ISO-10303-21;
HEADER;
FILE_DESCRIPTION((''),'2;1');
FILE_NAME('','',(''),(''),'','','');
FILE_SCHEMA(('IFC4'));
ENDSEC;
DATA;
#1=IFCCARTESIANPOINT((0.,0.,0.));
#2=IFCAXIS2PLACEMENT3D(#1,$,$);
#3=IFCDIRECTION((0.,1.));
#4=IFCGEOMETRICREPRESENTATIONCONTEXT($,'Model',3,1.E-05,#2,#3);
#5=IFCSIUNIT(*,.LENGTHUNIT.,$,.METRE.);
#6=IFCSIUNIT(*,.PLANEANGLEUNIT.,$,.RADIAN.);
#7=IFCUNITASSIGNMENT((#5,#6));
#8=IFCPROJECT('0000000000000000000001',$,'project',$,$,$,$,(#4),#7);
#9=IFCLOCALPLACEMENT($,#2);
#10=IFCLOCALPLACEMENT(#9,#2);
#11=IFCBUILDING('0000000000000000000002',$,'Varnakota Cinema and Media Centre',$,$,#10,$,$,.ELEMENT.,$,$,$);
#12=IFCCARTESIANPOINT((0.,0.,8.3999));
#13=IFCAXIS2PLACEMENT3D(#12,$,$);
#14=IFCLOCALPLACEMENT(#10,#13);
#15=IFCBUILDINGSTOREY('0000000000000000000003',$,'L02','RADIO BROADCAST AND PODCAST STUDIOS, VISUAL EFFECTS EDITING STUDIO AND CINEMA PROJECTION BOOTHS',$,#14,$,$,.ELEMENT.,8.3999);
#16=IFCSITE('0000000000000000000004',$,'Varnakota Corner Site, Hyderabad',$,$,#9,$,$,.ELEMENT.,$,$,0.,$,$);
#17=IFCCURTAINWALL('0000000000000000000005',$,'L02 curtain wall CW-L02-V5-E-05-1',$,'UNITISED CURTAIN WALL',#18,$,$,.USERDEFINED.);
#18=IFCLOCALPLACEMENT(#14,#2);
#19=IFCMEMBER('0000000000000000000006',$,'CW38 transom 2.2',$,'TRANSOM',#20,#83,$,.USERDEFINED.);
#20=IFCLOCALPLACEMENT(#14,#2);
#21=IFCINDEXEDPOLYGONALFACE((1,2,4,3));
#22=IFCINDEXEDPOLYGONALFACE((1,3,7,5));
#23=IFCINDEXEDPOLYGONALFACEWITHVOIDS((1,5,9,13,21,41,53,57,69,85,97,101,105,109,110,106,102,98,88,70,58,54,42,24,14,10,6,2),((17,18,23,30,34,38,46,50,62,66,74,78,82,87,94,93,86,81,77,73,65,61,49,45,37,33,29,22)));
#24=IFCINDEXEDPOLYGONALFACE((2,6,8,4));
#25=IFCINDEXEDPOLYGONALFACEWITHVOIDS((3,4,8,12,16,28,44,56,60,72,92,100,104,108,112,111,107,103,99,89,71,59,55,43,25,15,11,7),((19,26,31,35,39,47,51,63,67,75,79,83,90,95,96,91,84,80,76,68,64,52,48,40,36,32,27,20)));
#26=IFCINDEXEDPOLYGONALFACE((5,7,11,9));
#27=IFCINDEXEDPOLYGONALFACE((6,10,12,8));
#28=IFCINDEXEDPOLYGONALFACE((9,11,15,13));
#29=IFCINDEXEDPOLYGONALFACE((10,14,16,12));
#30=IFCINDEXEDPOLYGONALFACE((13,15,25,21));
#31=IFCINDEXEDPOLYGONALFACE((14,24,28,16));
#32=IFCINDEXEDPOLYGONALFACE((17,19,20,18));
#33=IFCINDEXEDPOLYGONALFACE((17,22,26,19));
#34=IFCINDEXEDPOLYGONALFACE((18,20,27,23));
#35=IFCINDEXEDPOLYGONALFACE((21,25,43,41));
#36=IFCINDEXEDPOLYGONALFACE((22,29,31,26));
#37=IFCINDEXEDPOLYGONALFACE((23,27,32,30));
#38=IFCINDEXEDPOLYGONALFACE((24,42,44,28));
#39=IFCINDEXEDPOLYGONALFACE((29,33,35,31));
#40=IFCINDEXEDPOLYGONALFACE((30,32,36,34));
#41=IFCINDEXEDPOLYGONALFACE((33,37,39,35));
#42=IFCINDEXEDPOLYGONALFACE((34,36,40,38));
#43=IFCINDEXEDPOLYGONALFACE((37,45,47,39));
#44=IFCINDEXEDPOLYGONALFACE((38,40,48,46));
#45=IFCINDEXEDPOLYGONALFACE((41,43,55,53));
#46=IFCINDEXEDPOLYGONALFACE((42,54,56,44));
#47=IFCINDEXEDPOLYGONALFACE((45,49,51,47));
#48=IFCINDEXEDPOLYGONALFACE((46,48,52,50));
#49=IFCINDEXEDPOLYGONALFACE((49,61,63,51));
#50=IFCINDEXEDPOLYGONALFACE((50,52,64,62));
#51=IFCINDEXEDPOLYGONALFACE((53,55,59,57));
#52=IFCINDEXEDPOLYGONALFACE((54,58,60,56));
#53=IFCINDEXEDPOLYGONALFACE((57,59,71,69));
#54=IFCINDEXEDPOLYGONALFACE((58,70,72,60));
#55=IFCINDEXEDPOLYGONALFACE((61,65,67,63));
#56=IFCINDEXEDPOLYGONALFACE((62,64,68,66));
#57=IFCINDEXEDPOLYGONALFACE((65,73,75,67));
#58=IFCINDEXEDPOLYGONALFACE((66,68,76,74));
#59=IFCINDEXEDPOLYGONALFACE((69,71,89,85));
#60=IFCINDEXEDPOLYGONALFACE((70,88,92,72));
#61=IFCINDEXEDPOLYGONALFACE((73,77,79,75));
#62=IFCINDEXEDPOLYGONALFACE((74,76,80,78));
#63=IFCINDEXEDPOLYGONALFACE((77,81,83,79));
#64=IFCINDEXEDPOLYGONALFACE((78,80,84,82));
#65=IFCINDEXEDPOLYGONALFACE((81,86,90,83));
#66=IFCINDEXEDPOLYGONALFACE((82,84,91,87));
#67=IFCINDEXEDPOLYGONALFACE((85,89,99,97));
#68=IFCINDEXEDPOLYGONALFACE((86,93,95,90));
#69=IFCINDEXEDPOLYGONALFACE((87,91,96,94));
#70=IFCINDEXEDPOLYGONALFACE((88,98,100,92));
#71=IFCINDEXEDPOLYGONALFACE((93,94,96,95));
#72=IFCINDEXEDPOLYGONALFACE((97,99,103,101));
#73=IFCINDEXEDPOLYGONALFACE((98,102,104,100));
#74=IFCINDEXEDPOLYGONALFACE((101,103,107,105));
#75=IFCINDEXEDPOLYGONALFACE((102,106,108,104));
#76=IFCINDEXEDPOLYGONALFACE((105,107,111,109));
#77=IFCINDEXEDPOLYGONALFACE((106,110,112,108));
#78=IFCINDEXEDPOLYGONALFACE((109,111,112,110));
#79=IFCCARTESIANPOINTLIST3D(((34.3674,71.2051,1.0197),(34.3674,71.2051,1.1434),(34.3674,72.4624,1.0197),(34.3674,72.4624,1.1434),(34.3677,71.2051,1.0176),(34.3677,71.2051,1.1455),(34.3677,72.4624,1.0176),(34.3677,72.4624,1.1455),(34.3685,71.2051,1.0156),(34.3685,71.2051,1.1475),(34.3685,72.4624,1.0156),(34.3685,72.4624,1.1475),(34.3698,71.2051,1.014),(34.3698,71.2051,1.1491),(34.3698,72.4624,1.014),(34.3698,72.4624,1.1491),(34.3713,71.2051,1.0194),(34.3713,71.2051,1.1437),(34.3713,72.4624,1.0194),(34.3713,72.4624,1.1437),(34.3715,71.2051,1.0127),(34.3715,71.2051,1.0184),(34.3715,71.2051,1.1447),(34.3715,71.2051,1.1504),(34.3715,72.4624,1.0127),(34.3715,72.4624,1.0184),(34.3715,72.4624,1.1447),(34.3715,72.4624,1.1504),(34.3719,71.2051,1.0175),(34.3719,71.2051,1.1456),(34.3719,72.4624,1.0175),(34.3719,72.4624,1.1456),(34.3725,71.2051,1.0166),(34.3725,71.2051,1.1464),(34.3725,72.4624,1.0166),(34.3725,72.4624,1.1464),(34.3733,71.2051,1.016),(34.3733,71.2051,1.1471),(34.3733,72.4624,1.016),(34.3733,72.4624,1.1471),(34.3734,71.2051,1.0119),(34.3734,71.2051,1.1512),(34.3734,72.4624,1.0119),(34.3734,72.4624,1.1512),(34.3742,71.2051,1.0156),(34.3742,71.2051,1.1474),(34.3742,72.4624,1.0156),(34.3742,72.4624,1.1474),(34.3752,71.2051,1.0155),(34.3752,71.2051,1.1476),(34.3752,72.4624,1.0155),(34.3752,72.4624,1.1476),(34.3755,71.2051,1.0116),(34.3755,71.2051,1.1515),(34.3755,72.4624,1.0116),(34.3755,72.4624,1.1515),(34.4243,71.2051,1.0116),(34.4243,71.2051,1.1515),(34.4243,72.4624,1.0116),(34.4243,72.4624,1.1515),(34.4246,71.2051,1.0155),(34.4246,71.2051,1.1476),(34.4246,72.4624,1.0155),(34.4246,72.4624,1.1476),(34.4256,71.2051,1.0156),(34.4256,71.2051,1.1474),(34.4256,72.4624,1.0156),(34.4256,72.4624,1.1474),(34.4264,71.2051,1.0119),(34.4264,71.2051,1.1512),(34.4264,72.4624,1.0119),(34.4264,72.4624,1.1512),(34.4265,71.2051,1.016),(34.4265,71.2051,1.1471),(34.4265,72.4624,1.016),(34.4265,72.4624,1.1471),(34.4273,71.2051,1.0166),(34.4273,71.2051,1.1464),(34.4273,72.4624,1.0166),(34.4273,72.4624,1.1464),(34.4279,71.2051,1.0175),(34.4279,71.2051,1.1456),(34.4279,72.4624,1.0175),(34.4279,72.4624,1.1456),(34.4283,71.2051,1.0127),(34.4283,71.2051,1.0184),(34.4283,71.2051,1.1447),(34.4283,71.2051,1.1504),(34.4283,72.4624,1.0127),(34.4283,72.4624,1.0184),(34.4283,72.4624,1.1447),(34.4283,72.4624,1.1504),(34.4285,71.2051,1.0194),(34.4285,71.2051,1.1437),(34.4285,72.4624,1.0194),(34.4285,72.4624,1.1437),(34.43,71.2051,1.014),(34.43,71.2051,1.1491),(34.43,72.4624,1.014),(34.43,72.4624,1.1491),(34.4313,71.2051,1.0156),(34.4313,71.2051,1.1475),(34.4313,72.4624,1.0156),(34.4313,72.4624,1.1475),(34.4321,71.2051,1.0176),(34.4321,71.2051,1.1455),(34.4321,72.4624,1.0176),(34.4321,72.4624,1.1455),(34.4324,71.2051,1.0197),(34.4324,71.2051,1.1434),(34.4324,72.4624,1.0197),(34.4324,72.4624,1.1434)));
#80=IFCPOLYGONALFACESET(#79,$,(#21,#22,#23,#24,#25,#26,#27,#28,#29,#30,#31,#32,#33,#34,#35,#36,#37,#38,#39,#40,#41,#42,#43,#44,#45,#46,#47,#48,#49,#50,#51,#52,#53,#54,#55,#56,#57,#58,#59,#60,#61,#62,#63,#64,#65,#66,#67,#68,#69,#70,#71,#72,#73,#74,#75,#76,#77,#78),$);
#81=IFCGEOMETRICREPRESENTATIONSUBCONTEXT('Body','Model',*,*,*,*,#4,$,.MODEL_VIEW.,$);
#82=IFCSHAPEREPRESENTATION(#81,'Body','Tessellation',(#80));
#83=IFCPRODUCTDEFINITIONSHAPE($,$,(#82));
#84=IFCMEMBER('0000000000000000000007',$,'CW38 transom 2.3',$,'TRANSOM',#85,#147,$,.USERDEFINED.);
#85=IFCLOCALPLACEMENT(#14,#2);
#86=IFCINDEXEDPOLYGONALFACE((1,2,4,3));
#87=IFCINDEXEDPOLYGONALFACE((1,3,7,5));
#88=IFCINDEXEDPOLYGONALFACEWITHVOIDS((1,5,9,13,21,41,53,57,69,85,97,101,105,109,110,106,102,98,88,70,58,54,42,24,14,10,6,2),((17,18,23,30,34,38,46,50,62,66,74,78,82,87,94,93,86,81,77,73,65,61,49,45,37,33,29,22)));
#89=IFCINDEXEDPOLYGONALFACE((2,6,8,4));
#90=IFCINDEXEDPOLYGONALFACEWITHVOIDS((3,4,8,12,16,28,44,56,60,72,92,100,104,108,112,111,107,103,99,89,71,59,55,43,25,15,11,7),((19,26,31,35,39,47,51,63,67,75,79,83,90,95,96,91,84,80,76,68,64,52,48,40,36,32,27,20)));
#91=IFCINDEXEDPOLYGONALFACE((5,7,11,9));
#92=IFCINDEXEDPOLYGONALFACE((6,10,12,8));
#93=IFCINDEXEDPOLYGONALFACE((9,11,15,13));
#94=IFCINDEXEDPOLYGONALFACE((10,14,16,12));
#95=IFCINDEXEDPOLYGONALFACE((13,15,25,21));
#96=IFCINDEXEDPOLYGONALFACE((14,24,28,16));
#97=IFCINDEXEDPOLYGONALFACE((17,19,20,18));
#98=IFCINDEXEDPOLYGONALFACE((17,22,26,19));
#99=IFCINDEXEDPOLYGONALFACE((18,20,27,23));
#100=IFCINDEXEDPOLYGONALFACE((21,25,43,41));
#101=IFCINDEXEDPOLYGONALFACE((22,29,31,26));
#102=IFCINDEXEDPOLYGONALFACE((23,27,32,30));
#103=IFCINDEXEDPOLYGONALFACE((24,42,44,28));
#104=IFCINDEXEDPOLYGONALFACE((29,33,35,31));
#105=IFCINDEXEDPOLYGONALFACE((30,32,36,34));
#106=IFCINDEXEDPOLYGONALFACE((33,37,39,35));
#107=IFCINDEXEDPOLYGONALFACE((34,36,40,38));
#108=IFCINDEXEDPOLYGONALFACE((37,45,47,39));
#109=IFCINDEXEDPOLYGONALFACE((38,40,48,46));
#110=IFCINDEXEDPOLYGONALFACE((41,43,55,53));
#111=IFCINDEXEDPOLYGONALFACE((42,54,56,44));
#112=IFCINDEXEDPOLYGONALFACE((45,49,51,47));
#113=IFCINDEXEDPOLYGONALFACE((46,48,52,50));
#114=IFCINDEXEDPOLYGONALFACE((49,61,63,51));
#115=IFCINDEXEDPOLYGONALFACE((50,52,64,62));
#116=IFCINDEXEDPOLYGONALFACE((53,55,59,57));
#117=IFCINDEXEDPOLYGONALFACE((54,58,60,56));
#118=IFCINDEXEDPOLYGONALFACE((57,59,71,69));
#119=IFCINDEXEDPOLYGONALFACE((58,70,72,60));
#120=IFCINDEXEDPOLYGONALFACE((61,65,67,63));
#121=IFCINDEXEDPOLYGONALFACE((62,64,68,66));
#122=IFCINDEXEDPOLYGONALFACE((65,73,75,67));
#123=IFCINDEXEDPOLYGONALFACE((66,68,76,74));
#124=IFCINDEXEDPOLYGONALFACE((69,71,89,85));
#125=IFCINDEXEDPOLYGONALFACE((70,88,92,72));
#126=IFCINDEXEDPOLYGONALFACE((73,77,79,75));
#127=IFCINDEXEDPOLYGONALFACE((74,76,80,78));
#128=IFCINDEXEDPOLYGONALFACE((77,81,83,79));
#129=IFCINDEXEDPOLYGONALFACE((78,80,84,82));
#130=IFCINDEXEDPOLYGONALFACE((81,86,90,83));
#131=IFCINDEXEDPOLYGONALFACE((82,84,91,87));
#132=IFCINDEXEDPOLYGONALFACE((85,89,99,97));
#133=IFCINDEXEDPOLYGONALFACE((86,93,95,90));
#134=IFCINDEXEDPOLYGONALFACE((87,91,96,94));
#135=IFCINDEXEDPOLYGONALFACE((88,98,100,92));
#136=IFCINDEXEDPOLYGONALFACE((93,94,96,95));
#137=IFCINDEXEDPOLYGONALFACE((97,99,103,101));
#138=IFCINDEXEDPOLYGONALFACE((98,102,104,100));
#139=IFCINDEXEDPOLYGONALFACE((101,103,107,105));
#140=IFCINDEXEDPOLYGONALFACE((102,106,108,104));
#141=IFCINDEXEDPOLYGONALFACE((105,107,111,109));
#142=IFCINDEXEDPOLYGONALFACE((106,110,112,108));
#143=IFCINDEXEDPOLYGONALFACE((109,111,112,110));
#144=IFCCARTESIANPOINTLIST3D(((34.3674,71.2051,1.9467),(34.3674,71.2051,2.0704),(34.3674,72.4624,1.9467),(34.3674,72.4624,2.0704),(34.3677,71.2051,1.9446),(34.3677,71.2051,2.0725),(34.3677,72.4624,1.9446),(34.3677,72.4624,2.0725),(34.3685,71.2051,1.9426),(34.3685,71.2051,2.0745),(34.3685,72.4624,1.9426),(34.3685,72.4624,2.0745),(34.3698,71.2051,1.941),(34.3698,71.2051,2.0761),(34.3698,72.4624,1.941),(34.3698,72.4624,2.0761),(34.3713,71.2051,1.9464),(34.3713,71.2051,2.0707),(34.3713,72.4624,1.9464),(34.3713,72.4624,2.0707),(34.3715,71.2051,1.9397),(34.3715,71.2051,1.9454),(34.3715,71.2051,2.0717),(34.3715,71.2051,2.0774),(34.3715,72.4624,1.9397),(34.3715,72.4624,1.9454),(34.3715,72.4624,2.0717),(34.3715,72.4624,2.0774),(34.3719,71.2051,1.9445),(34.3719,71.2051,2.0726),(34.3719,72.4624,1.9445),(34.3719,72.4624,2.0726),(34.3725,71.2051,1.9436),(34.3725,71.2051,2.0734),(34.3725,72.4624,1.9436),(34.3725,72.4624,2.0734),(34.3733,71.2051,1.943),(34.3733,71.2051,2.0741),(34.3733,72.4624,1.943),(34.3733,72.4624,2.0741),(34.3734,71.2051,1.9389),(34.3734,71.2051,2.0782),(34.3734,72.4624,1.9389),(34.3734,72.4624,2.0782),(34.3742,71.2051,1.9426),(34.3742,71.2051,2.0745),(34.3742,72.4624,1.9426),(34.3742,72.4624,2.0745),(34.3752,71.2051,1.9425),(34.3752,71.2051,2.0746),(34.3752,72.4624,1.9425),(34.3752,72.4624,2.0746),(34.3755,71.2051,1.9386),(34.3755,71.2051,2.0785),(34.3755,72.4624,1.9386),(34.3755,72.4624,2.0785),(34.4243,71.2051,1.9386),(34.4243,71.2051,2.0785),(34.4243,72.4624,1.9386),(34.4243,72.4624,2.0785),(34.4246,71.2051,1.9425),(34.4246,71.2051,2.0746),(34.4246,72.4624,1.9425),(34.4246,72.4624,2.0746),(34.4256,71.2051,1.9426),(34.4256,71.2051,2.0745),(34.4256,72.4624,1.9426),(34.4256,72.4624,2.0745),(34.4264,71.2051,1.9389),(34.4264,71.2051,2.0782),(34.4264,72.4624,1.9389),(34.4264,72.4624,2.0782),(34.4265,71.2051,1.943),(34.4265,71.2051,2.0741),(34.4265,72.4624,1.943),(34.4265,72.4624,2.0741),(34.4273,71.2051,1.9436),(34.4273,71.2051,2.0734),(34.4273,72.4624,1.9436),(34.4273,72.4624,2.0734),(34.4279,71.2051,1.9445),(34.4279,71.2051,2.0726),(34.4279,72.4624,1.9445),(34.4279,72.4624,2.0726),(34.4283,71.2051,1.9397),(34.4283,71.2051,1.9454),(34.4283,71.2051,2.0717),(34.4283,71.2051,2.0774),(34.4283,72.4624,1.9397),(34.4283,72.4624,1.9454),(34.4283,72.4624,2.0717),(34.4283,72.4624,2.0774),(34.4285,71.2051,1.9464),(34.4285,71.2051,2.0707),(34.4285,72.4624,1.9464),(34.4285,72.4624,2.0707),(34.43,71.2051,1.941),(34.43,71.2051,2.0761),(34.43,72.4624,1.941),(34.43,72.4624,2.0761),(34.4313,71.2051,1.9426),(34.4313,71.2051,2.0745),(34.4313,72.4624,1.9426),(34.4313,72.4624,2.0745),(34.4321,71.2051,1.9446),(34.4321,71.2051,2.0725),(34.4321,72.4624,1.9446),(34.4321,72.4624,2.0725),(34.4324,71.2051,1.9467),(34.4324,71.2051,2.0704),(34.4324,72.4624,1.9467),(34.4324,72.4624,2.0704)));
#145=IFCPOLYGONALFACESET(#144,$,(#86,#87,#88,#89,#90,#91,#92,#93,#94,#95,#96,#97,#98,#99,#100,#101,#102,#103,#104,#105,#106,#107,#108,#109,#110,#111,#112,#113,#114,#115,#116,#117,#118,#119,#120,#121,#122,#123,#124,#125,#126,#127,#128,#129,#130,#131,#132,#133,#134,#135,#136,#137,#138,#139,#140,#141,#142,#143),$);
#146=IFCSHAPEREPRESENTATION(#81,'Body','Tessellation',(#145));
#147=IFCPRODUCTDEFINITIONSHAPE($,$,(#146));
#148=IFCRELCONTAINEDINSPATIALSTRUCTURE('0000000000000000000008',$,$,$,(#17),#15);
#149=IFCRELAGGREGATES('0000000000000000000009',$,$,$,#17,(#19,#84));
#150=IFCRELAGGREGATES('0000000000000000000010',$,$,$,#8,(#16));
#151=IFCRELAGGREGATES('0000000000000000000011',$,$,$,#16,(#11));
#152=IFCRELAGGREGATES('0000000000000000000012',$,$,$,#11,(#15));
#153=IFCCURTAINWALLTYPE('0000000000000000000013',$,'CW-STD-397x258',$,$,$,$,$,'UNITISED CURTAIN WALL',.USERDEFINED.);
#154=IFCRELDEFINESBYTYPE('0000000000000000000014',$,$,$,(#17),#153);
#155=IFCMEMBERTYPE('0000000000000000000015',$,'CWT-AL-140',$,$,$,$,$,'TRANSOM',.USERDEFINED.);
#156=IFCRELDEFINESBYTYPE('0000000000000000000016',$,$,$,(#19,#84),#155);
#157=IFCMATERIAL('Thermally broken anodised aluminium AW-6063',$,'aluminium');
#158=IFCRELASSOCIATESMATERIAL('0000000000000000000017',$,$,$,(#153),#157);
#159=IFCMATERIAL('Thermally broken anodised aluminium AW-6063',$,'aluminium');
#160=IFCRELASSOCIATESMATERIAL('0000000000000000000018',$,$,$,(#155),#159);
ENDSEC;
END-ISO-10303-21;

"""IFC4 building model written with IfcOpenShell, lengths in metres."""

from ifc_helpers import new_model, si_unit, direction, frame, origin, origin_2d, place, context, subcontext, project, spatial, hollow_rectangle, extrude, material, material_profile, profile_set, type_object, element, aggregate, save


model = new_model("IFC4")

# Units and contexts
model_context = context("Model", 3, precision=1e-05, world=origin(), true_north=direction((0.0, 1.0)))
body_context = subcontext(model_context, "Body", "Model", "MODEL_VIEW")
ifc_project = project(units=[si_unit("LENGTHUNIT", "METRE"), si_unit("PLANEANGLEUNIT", "RADIAN")], contexts=[model_context])

# Site, building, storey
site_placement = place(None, origin())
site = spatial("IfcSite", under=ifc_project, at=site_placement, Name="Varnakota Corner Site, Hyderabad", CompositionType="ELEMENT", RefElevation=0.0)
building_placement = place(site_placement, origin())
building = spatial("IfcBuilding", under=site, at=building_placement, Name="Varnakota Cinema and Media Centre", CompositionType="ELEMENT")
storey_placement = place(building_placement, frame((0.0, 0.0, 8.3999)))
storey = spatial("IfcBuildingStorey", under=building, at=storey_placement, Name="L02", Description="RADIO BROADCAST AND PODCAST STUDIOS, VISUAL EFFECTS EDITING STUDIO AND CINEMA PROJECTION BOOTHS", CompositionType="ELEMENT", Elevation=8.3999)

# Curtain wall, members
ifc_material_1 = material(Name="Thermally broken anodised aluminium AW-6063", Category="aluminium")
curtain_wall_type = type_object("IfcCurtainWallType", Name="CW-STD-397x258", ElementType="UNITISED CURTAIN WALL", PredefinedType="USERDEFINED", material=ifc_material_1)
curtain_wall_placement = place(storey_placement, origin())
curtain_wall = element("IfcCurtainWall", 1, at=curtain_wall_placement, inside=storey, type_object=curtain_wall_type, Name="L02 curtain wall CW-L02-V5-E-05-1", ObjectType="UNITISED CURTAIN WALL", PredefinedType="USERDEFINED")
ifc_material_2 = material(Name="Thermally broken anodised aluminium AW-6063", Category="aluminium")
ifc_material_profile_1 = material_profile(ifc_material_2, hollow_rectangle(XDim=0.0649, YDim=0.1399, WallThickness=0.0039, InnerFilletRadius=0.0039, OuterFilletRadius=0.0081, at=origin_2d()), Name="AL-TRANSOM 140x65x4")
ifc_profile_set_1 = profile_set([ifc_material_profile_1], Name="Thermally broken anodised aluminium AW-6063")
member_type_1 = type_object("IfcMemberType", Name="CWT-AL-140", ElementType="TRANSOM", PredefinedType="USERDEFINED", material=ifc_profile_set_1)
member_1_placement = place(storey_placement, frame((34.3999, 71.2051, 1.0815), z_axis=(0.0, 1.0, 0.0), x_axis=(-1.0, 0.0, 0.0)))
member_1 = element("IfcMember", 2, at=member_1_placement, type_object=member_type_1, Name="CW38 transom 2.2", ObjectType="TRANSOM", PredefinedType="USERDEFINED", context=body_context, shape_type="SweptSolid", body=[
    extrude(hollow_rectangle(XDim=0.0649, YDim=0.1399, WallThickness=0.0039, InnerFilletRadius=0.0039, OuterFilletRadius=0.0081, at=origin_2d()), origin(), (0.0, 0.0, 1.0), 1.2573),
])
member_2_placement = place(storey_placement, frame((34.3999, 71.2051, 2.0085), z_axis=(0.0, 1.0, 0.0), x_axis=(-1.0, 0.0, 0.0)))
member_2 = element("IfcMember", 3, at=member_2_placement, type_object=member_type_1, Name="CW38 transom 2.3", ObjectType="TRANSOM", PredefinedType="USERDEFINED", context=body_context, shape_type="SweptSolid", body=[
    extrude(hollow_rectangle(XDim=0.0649, YDim=0.1399, WallThickness=0.0039, InnerFilletRadius=0.0039, OuterFilletRadius=0.0081, at=origin_2d()), origin(), (0.0, 0.0, 1.0), 1.2573),
])
aggregate(curtain_wall, [member_1, member_2])

save(model, "model.ifc")
